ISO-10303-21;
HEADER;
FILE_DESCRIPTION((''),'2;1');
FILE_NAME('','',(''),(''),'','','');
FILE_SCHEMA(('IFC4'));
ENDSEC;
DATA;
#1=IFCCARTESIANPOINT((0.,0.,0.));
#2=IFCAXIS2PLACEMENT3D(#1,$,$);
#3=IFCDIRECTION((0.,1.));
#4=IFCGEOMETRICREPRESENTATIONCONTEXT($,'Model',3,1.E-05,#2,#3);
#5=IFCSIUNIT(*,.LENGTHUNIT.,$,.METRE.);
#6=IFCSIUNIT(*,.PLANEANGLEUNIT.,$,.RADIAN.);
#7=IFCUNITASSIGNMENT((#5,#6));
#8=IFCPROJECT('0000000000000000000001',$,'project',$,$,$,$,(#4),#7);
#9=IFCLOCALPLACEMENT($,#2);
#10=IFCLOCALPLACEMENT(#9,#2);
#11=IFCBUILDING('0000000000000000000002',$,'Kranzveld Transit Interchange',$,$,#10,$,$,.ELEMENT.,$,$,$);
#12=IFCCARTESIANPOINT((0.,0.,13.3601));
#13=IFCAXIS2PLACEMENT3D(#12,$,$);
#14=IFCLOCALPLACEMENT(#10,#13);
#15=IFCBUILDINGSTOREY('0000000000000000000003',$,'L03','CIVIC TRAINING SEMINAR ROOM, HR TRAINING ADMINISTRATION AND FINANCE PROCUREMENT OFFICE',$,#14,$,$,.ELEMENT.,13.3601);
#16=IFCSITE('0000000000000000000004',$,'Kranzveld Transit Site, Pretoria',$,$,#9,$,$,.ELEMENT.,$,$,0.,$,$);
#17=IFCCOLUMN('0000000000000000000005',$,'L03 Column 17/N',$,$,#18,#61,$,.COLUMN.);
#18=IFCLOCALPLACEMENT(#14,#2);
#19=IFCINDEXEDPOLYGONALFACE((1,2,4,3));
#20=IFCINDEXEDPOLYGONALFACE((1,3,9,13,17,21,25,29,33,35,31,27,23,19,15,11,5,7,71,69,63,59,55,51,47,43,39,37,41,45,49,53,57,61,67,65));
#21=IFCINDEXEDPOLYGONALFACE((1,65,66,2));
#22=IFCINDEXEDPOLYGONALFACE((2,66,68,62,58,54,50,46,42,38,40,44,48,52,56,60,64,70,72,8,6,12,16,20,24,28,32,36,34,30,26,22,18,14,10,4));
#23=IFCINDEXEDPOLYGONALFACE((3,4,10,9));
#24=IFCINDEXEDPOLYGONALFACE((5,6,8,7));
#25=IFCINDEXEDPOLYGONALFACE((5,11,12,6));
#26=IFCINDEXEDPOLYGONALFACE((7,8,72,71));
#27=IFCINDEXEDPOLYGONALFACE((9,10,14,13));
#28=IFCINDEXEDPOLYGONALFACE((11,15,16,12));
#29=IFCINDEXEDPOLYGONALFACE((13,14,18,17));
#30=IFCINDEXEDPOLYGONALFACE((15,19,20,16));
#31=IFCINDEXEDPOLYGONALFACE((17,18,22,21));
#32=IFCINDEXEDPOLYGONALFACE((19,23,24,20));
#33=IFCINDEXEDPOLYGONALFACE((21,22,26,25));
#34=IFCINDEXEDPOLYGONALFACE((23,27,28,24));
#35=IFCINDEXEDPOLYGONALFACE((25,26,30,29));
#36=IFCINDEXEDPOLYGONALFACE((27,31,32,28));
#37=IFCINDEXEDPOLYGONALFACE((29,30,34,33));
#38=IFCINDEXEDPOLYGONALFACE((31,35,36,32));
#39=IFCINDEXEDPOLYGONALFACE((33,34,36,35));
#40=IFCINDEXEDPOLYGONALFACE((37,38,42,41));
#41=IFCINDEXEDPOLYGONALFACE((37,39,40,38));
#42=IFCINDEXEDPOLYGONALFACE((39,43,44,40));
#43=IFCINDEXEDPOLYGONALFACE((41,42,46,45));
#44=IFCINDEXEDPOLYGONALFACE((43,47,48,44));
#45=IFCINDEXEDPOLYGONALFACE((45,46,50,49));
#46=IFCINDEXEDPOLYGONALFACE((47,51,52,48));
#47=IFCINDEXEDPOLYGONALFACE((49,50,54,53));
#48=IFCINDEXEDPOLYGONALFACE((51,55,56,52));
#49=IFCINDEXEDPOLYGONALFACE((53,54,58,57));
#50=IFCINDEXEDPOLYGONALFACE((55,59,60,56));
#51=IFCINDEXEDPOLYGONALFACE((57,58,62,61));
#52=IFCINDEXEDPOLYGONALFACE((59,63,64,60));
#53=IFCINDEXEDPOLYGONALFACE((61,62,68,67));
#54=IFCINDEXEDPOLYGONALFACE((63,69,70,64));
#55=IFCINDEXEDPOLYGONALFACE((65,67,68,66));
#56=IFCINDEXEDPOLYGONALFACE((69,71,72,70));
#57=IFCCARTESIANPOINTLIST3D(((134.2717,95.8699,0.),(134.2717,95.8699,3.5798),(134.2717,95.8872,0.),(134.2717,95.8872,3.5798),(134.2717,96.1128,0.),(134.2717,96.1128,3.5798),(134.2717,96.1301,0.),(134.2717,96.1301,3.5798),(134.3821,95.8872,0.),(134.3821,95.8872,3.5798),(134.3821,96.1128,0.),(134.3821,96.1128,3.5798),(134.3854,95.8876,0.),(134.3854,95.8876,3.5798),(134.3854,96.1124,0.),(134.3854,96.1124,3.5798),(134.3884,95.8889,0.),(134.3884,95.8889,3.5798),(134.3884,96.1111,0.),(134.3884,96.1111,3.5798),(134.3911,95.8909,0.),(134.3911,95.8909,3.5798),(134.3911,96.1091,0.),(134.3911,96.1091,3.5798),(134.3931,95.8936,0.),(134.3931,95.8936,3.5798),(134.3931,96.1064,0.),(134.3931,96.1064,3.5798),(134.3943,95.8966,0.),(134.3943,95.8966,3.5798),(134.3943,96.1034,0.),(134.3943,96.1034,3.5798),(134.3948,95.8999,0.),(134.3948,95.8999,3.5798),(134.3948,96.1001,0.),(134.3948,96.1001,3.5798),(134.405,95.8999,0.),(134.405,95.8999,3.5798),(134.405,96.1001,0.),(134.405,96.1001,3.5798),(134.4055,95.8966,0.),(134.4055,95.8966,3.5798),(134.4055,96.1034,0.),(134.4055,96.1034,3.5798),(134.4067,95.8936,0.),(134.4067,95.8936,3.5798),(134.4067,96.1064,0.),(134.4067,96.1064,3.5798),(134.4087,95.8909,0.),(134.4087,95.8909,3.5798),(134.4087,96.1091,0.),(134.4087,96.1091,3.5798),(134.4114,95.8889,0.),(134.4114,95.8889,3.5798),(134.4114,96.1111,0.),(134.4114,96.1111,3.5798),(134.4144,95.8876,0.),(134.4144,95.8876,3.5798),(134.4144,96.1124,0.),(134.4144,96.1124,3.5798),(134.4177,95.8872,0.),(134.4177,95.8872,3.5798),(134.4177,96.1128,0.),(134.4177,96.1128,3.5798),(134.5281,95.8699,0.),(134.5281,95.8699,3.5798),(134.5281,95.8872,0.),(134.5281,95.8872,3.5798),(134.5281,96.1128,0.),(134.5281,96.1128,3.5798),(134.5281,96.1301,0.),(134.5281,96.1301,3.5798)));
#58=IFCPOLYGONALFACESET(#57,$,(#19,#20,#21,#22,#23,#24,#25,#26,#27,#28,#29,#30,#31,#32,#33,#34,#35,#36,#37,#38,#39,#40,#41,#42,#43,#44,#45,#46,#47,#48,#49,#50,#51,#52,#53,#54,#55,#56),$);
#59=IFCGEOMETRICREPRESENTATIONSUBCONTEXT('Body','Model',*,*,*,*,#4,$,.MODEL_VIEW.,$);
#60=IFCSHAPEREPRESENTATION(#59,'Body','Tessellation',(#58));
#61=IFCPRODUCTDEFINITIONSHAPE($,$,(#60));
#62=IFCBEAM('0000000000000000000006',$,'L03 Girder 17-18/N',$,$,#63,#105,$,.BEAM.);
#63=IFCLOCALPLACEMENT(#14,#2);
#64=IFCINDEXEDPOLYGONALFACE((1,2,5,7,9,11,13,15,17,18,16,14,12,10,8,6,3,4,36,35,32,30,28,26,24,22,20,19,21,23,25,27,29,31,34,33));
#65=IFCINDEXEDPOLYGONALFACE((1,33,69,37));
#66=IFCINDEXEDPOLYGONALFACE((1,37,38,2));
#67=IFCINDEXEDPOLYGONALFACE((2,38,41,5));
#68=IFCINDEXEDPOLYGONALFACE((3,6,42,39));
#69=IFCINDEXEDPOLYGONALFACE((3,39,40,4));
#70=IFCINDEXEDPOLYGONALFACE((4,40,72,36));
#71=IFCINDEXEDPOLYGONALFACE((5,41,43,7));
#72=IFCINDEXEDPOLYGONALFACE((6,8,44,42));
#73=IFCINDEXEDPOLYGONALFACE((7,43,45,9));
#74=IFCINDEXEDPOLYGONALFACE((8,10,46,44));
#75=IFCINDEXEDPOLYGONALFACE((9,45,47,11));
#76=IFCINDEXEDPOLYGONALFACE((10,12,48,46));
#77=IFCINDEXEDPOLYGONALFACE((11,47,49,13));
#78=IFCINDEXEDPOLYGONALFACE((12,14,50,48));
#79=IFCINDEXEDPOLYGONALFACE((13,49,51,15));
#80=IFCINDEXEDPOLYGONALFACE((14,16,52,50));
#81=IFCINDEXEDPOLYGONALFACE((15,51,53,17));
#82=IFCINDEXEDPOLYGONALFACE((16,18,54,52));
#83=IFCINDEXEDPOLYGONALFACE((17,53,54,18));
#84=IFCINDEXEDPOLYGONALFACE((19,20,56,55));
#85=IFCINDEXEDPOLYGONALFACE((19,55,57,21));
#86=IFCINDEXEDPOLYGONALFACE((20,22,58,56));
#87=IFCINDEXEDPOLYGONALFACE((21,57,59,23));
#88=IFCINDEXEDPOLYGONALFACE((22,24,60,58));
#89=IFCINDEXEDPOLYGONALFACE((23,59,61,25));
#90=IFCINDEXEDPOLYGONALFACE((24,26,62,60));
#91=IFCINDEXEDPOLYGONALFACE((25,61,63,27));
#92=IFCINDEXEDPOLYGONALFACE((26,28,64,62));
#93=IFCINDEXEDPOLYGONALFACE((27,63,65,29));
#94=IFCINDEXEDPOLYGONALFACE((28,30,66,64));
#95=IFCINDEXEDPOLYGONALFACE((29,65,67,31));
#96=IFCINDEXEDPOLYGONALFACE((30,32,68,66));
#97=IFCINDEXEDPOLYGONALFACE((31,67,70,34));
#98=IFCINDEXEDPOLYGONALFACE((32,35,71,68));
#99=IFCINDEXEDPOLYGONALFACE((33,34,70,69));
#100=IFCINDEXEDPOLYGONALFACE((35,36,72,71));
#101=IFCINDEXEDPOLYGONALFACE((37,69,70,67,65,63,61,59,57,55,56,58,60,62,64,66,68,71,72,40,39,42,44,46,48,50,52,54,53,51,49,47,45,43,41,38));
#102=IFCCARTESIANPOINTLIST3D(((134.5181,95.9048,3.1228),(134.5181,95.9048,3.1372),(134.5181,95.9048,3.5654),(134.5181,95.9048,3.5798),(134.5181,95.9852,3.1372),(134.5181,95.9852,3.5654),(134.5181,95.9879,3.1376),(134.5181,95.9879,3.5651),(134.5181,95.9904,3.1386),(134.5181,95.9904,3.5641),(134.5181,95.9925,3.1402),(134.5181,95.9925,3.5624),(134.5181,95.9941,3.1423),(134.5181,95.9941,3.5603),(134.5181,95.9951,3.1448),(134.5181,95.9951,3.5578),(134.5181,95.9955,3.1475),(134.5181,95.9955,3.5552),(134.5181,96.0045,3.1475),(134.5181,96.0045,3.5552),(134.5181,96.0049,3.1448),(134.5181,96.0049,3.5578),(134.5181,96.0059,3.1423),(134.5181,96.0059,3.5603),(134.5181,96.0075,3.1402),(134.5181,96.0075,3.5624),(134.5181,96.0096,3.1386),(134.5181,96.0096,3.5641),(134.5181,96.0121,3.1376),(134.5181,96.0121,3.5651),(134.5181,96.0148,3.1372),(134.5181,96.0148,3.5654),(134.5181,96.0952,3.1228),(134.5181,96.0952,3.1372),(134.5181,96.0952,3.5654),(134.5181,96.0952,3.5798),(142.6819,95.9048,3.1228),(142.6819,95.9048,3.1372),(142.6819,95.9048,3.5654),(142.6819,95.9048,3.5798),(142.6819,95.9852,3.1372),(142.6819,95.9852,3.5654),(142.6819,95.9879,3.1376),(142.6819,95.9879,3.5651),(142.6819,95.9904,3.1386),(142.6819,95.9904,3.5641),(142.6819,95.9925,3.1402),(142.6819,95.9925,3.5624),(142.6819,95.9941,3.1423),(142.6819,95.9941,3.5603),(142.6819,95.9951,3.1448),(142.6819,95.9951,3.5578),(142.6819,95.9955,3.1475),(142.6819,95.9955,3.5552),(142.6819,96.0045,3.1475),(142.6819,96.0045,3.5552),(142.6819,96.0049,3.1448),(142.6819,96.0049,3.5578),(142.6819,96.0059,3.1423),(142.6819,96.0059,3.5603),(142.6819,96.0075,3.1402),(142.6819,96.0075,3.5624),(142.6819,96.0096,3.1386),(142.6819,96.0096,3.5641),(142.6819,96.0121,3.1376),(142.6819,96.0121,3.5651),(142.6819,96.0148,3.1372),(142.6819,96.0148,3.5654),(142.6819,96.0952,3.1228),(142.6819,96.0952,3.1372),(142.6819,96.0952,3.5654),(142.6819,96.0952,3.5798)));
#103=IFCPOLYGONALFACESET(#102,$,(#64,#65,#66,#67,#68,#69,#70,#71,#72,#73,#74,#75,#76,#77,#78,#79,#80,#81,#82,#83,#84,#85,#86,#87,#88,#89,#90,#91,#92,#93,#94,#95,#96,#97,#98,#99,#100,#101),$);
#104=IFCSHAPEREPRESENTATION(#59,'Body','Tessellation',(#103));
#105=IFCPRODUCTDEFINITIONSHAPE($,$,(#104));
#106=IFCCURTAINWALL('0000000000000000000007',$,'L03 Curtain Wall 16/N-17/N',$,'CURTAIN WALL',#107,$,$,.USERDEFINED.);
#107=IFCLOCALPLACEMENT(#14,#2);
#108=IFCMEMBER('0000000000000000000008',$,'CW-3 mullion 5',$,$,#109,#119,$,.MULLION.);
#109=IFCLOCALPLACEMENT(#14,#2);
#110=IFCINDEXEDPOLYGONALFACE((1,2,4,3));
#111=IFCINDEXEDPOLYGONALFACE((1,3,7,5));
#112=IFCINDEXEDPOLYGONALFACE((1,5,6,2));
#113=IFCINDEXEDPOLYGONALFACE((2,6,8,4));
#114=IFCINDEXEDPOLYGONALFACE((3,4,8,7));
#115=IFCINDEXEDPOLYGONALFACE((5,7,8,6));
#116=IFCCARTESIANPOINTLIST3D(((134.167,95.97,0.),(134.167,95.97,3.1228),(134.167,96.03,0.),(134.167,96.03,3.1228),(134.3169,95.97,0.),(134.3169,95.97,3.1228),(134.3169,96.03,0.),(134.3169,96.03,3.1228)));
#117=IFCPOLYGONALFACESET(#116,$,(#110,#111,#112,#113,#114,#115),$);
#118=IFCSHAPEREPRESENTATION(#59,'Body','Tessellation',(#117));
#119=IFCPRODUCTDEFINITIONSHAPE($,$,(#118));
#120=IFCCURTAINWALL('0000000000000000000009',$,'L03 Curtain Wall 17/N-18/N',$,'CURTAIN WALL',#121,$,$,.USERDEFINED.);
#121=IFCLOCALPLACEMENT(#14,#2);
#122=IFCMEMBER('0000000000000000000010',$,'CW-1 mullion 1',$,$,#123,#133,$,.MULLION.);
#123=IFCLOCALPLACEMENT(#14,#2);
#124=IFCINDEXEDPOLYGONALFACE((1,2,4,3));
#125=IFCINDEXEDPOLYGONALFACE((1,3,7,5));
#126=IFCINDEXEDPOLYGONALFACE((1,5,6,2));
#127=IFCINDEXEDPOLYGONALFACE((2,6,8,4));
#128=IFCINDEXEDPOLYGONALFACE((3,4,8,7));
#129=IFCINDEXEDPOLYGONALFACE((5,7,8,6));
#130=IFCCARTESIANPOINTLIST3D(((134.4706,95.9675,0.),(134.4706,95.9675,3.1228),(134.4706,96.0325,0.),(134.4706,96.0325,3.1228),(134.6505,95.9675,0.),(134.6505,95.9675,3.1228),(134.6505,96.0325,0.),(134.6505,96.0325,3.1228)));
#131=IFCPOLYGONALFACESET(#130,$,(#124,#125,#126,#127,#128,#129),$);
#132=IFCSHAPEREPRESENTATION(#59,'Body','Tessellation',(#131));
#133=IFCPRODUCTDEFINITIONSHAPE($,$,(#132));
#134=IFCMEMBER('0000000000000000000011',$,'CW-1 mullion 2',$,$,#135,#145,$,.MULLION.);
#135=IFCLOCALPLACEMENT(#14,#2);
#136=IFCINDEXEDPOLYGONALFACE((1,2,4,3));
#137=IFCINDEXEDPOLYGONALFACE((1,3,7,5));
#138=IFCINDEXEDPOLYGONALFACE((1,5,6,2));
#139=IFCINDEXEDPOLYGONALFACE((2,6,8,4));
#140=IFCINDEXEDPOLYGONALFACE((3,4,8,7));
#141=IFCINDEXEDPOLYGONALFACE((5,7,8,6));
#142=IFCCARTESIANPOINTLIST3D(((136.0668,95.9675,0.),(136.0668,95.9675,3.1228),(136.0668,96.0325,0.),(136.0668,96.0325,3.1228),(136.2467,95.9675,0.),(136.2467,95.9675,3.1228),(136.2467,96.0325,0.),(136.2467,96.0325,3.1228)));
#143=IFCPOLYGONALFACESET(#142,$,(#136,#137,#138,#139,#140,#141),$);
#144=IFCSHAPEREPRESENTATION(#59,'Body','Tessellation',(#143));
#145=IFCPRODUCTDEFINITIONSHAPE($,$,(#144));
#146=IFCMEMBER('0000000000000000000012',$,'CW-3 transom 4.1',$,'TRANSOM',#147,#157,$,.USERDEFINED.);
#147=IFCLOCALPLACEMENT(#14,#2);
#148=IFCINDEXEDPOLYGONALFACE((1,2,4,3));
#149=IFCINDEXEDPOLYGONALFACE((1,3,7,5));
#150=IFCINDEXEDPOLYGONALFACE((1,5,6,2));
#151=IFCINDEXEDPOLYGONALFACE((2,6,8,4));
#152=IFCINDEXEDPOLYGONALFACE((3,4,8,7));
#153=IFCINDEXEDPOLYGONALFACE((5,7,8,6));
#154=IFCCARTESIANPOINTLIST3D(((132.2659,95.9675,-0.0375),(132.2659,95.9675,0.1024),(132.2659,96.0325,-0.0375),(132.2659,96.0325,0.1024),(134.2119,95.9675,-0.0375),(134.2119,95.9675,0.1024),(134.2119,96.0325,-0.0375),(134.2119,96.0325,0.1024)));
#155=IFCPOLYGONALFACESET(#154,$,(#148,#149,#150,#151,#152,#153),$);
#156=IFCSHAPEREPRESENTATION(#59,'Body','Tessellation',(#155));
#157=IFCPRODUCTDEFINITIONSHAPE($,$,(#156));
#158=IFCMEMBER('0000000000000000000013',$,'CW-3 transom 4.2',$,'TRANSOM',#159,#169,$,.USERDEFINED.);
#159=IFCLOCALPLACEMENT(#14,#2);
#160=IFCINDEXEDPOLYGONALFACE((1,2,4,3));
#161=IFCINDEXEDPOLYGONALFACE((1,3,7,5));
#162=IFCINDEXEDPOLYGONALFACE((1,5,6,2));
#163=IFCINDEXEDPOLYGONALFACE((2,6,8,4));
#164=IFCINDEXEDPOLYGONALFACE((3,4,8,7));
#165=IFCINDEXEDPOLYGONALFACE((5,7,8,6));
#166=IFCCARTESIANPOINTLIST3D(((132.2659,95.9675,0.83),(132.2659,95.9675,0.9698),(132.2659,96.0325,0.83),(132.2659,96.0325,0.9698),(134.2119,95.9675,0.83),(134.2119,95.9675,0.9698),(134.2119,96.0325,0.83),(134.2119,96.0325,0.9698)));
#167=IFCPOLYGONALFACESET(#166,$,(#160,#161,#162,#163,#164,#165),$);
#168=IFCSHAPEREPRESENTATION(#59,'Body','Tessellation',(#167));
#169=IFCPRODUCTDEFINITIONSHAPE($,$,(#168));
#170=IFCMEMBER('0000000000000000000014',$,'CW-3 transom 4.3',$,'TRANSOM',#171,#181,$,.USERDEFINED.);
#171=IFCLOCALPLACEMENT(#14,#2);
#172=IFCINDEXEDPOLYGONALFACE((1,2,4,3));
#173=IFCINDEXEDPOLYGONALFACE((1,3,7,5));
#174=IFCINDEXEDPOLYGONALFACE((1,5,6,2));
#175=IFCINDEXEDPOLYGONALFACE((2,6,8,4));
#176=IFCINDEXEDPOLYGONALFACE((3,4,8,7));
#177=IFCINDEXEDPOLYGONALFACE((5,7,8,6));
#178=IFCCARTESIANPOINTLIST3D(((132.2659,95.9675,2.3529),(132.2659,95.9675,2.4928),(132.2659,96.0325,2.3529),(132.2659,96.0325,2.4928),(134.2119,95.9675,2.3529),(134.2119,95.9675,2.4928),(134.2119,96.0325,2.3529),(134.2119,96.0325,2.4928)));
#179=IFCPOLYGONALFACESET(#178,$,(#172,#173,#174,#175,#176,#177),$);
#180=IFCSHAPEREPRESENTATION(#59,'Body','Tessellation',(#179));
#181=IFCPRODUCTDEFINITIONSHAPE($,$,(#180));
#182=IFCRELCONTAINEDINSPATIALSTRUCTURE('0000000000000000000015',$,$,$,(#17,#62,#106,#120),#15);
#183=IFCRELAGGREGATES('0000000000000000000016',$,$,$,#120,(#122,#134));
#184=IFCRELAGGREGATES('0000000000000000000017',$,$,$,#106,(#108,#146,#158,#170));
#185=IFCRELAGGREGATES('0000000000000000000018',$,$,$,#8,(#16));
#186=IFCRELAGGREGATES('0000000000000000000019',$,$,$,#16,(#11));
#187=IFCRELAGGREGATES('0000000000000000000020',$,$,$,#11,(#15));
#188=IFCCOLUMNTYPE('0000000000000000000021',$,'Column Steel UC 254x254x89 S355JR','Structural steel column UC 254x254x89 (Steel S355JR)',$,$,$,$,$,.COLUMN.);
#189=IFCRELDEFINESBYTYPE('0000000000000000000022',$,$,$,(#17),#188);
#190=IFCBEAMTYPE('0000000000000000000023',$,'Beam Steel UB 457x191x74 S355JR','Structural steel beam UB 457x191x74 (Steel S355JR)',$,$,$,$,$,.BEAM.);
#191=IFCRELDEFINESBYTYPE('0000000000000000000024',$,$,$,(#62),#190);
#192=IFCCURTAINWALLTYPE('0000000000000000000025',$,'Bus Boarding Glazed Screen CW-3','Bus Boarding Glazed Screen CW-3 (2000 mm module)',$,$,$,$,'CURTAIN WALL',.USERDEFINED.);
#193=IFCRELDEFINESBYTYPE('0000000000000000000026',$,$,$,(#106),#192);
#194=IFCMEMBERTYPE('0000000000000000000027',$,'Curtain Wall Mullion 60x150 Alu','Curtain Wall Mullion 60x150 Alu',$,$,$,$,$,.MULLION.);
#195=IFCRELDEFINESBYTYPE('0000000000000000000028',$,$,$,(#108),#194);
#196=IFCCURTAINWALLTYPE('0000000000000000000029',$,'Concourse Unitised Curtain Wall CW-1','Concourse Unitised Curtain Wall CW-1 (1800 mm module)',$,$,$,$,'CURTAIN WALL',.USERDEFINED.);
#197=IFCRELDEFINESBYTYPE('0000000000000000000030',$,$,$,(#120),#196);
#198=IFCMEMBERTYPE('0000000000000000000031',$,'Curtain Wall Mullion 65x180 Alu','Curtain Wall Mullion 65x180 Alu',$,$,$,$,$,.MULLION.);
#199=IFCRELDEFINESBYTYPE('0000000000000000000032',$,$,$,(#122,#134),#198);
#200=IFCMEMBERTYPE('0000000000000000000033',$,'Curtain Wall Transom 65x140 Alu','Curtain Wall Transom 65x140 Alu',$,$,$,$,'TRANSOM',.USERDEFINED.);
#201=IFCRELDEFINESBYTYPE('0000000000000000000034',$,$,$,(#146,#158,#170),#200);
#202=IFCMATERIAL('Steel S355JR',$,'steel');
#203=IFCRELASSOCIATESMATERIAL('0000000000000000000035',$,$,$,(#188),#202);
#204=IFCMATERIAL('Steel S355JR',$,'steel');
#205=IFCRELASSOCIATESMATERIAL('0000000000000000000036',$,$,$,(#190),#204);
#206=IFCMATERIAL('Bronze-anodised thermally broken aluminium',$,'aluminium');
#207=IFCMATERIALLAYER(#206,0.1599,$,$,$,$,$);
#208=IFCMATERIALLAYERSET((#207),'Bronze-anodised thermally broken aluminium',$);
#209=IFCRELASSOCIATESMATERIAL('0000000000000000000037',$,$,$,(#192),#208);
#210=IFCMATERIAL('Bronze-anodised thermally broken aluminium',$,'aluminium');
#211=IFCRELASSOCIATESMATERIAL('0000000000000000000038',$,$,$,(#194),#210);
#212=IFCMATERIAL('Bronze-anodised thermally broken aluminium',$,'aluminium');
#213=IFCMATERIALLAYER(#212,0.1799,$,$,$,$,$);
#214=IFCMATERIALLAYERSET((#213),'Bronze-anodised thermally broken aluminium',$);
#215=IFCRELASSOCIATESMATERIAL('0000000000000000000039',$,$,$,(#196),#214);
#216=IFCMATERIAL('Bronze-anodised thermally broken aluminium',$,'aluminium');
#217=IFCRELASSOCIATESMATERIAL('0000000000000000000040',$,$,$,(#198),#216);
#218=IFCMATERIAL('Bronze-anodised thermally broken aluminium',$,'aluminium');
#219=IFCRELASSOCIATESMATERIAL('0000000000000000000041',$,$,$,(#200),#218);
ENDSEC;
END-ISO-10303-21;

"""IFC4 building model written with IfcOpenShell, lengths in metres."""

from ifc_helpers import new_model, si_unit, direction, frame, origin, origin_2d, place, context, subcontext, project, spatial, rectangle, i_section, extrude, material, layer, layer_set, material_profile, profile_set, type_object, element, aggregate, save


model = new_model("IFC4")

# Units and contexts
model_context = context("Model", 3, precision=1e-05, world=origin(), true_north=direction((0.0, 1.0)))
body_context = subcontext(model_context, "Body", "Model", "MODEL_VIEW")
ifc_project = project(units=[si_unit("LENGTHUNIT", "METRE"), si_unit("PLANEANGLEUNIT", "RADIAN")], contexts=[model_context])

# Site, building, storey
site_placement = place(None, origin())
site = spatial("IfcSite", under=ifc_project, at=site_placement, Name="Kranzveld Transit Site, Pretoria", CompositionType="ELEMENT", RefElevation=0.0)
building_placement = place(site_placement, origin())
building = spatial("IfcBuilding", under=site, at=building_placement, Name="Kranzveld Transit Interchange", CompositionType="ELEMENT")
storey_placement = place(building_placement, frame((0.0, 0.0, 13.3601)))
storey = spatial("IfcBuildingStorey", under=building, at=storey_placement, Name="L03", Description="CIVIC TRAINING SEMINAR ROOM, HR TRAINING ADMINISTRATION AND FINANCE PROCUREMENT OFFICE", CompositionType="ELEMENT", Elevation=13.3601)

# Column
ifc_material_1 = material(Name="Steel S355JR", Category="steel")
ifc_material_profile_1 = material_profile(ifc_material_1, i_section(OverallWidth=0.2563, OverallDepth=0.2603, WebThickness=0.0103, FlangeThickness=0.0173, FilletRadius=0.0127, at=origin_2d()), Name="UC 254x254x89")
ifc_profile_set_1 = profile_set([ifc_material_profile_1], Name="Steel S355JR")
column_type = type_object("IfcColumnType", Name="Column Steel UC 254x254x89 S355JR", Description="Structural steel column UC 254x254x89 (Steel S355JR)", PredefinedType="COLUMN", material=ifc_profile_set_1)
column_placement = place(storey_placement, frame((134.3999, 96.0, 0.0), z_axis=(0.0, 0.0, 1.0), x_axis=(1.0, 0.0, 0.0)))
element("IfcColumn", 1, at=column_placement, inside=storey, type_object=column_type, Name="L03 Column 17/N", PredefinedType="COLUMN", context=body_context, shape_type="SweptSolid", body=[
    extrude(i_section(OverallWidth=0.2563, OverallDepth=0.2603, WebThickness=0.0103, FlangeThickness=0.0173, FilletRadius=0.0127, at=origin_2d()), origin(), (0.0, 0.0, 1.0), 3.5798),
])

# Beam
ifc_material_2 = material(Name="Steel S355JR", Category="steel")
ifc_material_profile_2 = material_profile(ifc_material_2, i_section(OverallWidth=0.1904, OverallDepth=0.457, WebThickness=0.009, FlangeThickness=0.0144, FilletRadius=0.0103, at=origin_2d()), Name="UB 457x191x74")
ifc_profile_set_2 = profile_set([ifc_material_profile_2], Name="Steel S355JR")
beam_type = type_object("IfcBeamType", Name="Beam Steel UB 457x191x74 S355JR", Description="Structural steel beam UB 457x191x74 (Steel S355JR)", PredefinedType="BEAM", material=ifc_profile_set_2)
beam_placement = place(storey_placement, frame((134.5181, 96.0, 3.3513), z_axis=(1.0, 0.0, 0.0), x_axis=(0.0, 1.0, 0.0)))
element("IfcBeam", 2, at=beam_placement, inside=storey, type_object=beam_type, Name="L03 Girder 17-18/N", PredefinedType="BEAM", context=body_context, shape_type="SweptSolid", body=[
    extrude(i_section(OverallWidth=0.1904, OverallDepth=0.457, WebThickness=0.009, FlangeThickness=0.0144, FilletRadius=0.0103, at=origin_2d()), origin(), (0.0, 0.0, 1.0), 8.1638),
])

# Curtain wall, member
ifc_material_3 = material(Name="Bronze-anodised thermally broken aluminium", Category="aluminium")
ifc_layer_1 = layer(ifc_material_3, 0.1599)
ifc_layer_set_1 = layer_set([ifc_layer_1], Name="Bronze-anodised thermally broken aluminium")
curtain_wall_type_1 = type_object("IfcCurtainWallType", Name="Bus Boarding Glazed Screen CW-3", Description="Bus Boarding Glazed Screen CW-3 (2000 mm module)", ElementType="CURTAIN WALL", PredefinedType="USERDEFINED", material=ifc_layer_set_1)
curtain_wall_1_placement = place(storey_placement, origin())
curtain_wall_1 = element("IfcCurtainWall", 3, at=curtain_wall_1_placement, inside=storey, type_object=curtain_wall_type_1, Name="L03 Curtain Wall 16/N-17/N", ObjectType="CURTAIN WALL", PredefinedType="USERDEFINED")
ifc_material_4 = material(Name="Bronze-anodised thermally broken aluminium", Category="aluminium")
ifc_material_profile_3 = material_profile(ifc_material_4, rectangle(XDim=0.0601, YDim=0.1499, at=origin_2d()), Name="ALU MULLION 60x150")
ifc_profile_set_3 = profile_set([ifc_material_profile_3], Name="Bronze-anodised thermally broken aluminium")
member_type_1 = type_object("IfcMemberType", Name="Curtain Wall Mullion 60x150 Alu", Description="Curtain Wall Mullion 60x150 Alu", PredefinedType="MULLION", material=ifc_profile_set_3)
member_1_placement = place(storey_placement, frame((134.2419, 96.0, 0.0), z_axis=(0.0, 0.0, 1.0), x_axis=(0.0, 1.0, 0.0)))
member_1 = element("IfcMember", 4, at=member_1_placement, type_object=member_type_1, Name="CW-3 mullion 5", PredefinedType="MULLION", context=body_context, shape_type="SweptSolid", body=[
    extrude(rectangle(XDim=0.0601, YDim=0.1499, at=origin_2d()), origin(), (0.0, 0.0, 1.0), 3.1228),
])

# Curtain wall, members
ifc_material_5 = material(Name="Bronze-anodised thermally broken aluminium", Category="aluminium")
ifc_layer_2 = layer(ifc_material_5, 0.1799)
ifc_layer_set_2 = layer_set([ifc_layer_2], Name="Bronze-anodised thermally broken aluminium")
curtain_wall_type_2 = type_object("IfcCurtainWallType", Name="Concourse Unitised Curtain Wall CW-1", Description="Concourse Unitised Curtain Wall CW-1 (1800 mm module)", ElementType="CURTAIN WALL", PredefinedType="USERDEFINED", material=ifc_layer_set_2)
curtain_wall_2_placement = place(storey_placement, origin())
curtain_wall_2 = element("IfcCurtainWall", 5, at=curtain_wall_2_placement, inside=storey, type_object=curtain_wall_type_2, Name="L03 Curtain Wall 17/N-18/N", ObjectType="CURTAIN WALL", PredefinedType="USERDEFINED")
ifc_material_6 = material(Name="Bronze-anodised thermally broken aluminium", Category="aluminium")
ifc_material_profile_4 = material_profile(ifc_material_6, rectangle(XDim=0.0649, YDim=0.1799, at=origin_2d()), Name="ALU MULLION 65x180")
ifc_profile_set_4 = profile_set([ifc_material_profile_4], Name="Bronze-anodised thermally broken aluminium")
member_type_2 = type_object("IfcMemberType", Name="Curtain Wall Mullion 65x180 Alu", Description="Curtain Wall Mullion 65x180 Alu", PredefinedType="MULLION", material=ifc_profile_set_4)
member_2_placement = place(storey_placement, frame((134.5605, 96.0, 0.0), z_axis=(0.0, 0.0, 1.0), x_axis=(0.0, 1.0, 0.0)))
member_2 = element("IfcMember", 6, at=member_2_placement, type_object=member_type_2, Name="CW-1 mullion 1", PredefinedType="MULLION", context=body_context, shape_type="SweptSolid", body=[
    extrude(rectangle(XDim=0.0649, YDim=0.1799, at=origin_2d()), origin(), (0.0, 0.0, 1.0), 3.1228),
])
member_3_placement = place(storey_placement, frame((136.1567, 96.0, 0.0), z_axis=(0.0, 0.0, 1.0), x_axis=(0.0, 1.0, 0.0)))
member_3 = element("IfcMember", 7, at=member_3_placement, type_object=member_type_2, Name="CW-1 mullion 2", PredefinedType="MULLION", context=body_context, shape_type="SweptSolid", body=[
    extrude(rectangle(XDim=0.0649, YDim=0.1799, at=origin_2d()), origin(), (0.0, 0.0, 1.0), 3.1228),
])

# Members
ifc_material_7 = material(Name="Bronze-anodised thermally broken aluminium", Category="aluminium")
ifc_material_profile_5 = material_profile(ifc_material_7, rectangle(XDim=0.0649, YDim=0.1399, at=origin_2d()), Name="ALU TRANSOM 65x140")
ifc_profile_set_5 = profile_set([ifc_material_profile_5], Name="Bronze-anodised thermally broken aluminium")
member_type_3 = type_object("IfcMemberType", Name="Curtain Wall Transom 65x140 Alu", Description="Curtain Wall Transom 65x140 Alu", ElementType="TRANSOM", PredefinedType="USERDEFINED", material=ifc_profile_set_5)
member_4_placement = place(storey_placement, frame((132.2659, 96.0, 0.0325), z_axis=(1.0, 0.0, 0.0), x_axis=(0.0, 1.0, 0.0)))
member_4 = element("IfcMember", 8, at=member_4_placement, type_object=member_type_3, Name="CW-3 transom 4.1", ObjectType="TRANSOM", PredefinedType="USERDEFINED", context=body_context, shape_type="SweptSolid", body=[
    extrude(rectangle(XDim=0.0649, YDim=0.1399, at=origin_2d()), origin(), (0.0, 0.0, 1.0), 1.946),
])
member_5_placement = place(storey_placement, frame((132.2659, 96.0, 0.8999), z_axis=(1.0, 0.0, 0.0), x_axis=(0.0, 1.0, 0.0)))
member_5 = element("IfcMember", 9, at=member_5_placement, type_object=member_type_3, Name="CW-3 transom 4.2", ObjectType="TRANSOM", PredefinedType="USERDEFINED", context=body_context, shape_type="SweptSolid", body=[
    extrude(rectangle(XDim=0.0649, YDim=0.1399, at=origin_2d()), origin(), (0.0, 0.0, 1.0), 1.946),
])
member_6_placement = place(storey_placement, frame((132.2659, 96.0, 2.4229), z_axis=(1.0, 0.0, 0.0), x_axis=(0.0, 1.0, 0.0)))
member_6 = element("IfcMember", 10, at=member_6_placement, type_object=member_type_3, Name="CW-3 transom 4.3", ObjectType="TRANSOM", PredefinedType="USERDEFINED", context=body_context, shape_type="SweptSolid", body=[
    extrude(rectangle(XDim=0.0649, YDim=0.1399, at=origin_2d()), origin(), (0.0, 0.0, 1.0), 1.946),
])

aggregate(curtain_wall_2, [member_2, member_3])
aggregate(curtain_wall_1, [member_1, member_4, member_5, member_6])

save(model, "model.ifc")
